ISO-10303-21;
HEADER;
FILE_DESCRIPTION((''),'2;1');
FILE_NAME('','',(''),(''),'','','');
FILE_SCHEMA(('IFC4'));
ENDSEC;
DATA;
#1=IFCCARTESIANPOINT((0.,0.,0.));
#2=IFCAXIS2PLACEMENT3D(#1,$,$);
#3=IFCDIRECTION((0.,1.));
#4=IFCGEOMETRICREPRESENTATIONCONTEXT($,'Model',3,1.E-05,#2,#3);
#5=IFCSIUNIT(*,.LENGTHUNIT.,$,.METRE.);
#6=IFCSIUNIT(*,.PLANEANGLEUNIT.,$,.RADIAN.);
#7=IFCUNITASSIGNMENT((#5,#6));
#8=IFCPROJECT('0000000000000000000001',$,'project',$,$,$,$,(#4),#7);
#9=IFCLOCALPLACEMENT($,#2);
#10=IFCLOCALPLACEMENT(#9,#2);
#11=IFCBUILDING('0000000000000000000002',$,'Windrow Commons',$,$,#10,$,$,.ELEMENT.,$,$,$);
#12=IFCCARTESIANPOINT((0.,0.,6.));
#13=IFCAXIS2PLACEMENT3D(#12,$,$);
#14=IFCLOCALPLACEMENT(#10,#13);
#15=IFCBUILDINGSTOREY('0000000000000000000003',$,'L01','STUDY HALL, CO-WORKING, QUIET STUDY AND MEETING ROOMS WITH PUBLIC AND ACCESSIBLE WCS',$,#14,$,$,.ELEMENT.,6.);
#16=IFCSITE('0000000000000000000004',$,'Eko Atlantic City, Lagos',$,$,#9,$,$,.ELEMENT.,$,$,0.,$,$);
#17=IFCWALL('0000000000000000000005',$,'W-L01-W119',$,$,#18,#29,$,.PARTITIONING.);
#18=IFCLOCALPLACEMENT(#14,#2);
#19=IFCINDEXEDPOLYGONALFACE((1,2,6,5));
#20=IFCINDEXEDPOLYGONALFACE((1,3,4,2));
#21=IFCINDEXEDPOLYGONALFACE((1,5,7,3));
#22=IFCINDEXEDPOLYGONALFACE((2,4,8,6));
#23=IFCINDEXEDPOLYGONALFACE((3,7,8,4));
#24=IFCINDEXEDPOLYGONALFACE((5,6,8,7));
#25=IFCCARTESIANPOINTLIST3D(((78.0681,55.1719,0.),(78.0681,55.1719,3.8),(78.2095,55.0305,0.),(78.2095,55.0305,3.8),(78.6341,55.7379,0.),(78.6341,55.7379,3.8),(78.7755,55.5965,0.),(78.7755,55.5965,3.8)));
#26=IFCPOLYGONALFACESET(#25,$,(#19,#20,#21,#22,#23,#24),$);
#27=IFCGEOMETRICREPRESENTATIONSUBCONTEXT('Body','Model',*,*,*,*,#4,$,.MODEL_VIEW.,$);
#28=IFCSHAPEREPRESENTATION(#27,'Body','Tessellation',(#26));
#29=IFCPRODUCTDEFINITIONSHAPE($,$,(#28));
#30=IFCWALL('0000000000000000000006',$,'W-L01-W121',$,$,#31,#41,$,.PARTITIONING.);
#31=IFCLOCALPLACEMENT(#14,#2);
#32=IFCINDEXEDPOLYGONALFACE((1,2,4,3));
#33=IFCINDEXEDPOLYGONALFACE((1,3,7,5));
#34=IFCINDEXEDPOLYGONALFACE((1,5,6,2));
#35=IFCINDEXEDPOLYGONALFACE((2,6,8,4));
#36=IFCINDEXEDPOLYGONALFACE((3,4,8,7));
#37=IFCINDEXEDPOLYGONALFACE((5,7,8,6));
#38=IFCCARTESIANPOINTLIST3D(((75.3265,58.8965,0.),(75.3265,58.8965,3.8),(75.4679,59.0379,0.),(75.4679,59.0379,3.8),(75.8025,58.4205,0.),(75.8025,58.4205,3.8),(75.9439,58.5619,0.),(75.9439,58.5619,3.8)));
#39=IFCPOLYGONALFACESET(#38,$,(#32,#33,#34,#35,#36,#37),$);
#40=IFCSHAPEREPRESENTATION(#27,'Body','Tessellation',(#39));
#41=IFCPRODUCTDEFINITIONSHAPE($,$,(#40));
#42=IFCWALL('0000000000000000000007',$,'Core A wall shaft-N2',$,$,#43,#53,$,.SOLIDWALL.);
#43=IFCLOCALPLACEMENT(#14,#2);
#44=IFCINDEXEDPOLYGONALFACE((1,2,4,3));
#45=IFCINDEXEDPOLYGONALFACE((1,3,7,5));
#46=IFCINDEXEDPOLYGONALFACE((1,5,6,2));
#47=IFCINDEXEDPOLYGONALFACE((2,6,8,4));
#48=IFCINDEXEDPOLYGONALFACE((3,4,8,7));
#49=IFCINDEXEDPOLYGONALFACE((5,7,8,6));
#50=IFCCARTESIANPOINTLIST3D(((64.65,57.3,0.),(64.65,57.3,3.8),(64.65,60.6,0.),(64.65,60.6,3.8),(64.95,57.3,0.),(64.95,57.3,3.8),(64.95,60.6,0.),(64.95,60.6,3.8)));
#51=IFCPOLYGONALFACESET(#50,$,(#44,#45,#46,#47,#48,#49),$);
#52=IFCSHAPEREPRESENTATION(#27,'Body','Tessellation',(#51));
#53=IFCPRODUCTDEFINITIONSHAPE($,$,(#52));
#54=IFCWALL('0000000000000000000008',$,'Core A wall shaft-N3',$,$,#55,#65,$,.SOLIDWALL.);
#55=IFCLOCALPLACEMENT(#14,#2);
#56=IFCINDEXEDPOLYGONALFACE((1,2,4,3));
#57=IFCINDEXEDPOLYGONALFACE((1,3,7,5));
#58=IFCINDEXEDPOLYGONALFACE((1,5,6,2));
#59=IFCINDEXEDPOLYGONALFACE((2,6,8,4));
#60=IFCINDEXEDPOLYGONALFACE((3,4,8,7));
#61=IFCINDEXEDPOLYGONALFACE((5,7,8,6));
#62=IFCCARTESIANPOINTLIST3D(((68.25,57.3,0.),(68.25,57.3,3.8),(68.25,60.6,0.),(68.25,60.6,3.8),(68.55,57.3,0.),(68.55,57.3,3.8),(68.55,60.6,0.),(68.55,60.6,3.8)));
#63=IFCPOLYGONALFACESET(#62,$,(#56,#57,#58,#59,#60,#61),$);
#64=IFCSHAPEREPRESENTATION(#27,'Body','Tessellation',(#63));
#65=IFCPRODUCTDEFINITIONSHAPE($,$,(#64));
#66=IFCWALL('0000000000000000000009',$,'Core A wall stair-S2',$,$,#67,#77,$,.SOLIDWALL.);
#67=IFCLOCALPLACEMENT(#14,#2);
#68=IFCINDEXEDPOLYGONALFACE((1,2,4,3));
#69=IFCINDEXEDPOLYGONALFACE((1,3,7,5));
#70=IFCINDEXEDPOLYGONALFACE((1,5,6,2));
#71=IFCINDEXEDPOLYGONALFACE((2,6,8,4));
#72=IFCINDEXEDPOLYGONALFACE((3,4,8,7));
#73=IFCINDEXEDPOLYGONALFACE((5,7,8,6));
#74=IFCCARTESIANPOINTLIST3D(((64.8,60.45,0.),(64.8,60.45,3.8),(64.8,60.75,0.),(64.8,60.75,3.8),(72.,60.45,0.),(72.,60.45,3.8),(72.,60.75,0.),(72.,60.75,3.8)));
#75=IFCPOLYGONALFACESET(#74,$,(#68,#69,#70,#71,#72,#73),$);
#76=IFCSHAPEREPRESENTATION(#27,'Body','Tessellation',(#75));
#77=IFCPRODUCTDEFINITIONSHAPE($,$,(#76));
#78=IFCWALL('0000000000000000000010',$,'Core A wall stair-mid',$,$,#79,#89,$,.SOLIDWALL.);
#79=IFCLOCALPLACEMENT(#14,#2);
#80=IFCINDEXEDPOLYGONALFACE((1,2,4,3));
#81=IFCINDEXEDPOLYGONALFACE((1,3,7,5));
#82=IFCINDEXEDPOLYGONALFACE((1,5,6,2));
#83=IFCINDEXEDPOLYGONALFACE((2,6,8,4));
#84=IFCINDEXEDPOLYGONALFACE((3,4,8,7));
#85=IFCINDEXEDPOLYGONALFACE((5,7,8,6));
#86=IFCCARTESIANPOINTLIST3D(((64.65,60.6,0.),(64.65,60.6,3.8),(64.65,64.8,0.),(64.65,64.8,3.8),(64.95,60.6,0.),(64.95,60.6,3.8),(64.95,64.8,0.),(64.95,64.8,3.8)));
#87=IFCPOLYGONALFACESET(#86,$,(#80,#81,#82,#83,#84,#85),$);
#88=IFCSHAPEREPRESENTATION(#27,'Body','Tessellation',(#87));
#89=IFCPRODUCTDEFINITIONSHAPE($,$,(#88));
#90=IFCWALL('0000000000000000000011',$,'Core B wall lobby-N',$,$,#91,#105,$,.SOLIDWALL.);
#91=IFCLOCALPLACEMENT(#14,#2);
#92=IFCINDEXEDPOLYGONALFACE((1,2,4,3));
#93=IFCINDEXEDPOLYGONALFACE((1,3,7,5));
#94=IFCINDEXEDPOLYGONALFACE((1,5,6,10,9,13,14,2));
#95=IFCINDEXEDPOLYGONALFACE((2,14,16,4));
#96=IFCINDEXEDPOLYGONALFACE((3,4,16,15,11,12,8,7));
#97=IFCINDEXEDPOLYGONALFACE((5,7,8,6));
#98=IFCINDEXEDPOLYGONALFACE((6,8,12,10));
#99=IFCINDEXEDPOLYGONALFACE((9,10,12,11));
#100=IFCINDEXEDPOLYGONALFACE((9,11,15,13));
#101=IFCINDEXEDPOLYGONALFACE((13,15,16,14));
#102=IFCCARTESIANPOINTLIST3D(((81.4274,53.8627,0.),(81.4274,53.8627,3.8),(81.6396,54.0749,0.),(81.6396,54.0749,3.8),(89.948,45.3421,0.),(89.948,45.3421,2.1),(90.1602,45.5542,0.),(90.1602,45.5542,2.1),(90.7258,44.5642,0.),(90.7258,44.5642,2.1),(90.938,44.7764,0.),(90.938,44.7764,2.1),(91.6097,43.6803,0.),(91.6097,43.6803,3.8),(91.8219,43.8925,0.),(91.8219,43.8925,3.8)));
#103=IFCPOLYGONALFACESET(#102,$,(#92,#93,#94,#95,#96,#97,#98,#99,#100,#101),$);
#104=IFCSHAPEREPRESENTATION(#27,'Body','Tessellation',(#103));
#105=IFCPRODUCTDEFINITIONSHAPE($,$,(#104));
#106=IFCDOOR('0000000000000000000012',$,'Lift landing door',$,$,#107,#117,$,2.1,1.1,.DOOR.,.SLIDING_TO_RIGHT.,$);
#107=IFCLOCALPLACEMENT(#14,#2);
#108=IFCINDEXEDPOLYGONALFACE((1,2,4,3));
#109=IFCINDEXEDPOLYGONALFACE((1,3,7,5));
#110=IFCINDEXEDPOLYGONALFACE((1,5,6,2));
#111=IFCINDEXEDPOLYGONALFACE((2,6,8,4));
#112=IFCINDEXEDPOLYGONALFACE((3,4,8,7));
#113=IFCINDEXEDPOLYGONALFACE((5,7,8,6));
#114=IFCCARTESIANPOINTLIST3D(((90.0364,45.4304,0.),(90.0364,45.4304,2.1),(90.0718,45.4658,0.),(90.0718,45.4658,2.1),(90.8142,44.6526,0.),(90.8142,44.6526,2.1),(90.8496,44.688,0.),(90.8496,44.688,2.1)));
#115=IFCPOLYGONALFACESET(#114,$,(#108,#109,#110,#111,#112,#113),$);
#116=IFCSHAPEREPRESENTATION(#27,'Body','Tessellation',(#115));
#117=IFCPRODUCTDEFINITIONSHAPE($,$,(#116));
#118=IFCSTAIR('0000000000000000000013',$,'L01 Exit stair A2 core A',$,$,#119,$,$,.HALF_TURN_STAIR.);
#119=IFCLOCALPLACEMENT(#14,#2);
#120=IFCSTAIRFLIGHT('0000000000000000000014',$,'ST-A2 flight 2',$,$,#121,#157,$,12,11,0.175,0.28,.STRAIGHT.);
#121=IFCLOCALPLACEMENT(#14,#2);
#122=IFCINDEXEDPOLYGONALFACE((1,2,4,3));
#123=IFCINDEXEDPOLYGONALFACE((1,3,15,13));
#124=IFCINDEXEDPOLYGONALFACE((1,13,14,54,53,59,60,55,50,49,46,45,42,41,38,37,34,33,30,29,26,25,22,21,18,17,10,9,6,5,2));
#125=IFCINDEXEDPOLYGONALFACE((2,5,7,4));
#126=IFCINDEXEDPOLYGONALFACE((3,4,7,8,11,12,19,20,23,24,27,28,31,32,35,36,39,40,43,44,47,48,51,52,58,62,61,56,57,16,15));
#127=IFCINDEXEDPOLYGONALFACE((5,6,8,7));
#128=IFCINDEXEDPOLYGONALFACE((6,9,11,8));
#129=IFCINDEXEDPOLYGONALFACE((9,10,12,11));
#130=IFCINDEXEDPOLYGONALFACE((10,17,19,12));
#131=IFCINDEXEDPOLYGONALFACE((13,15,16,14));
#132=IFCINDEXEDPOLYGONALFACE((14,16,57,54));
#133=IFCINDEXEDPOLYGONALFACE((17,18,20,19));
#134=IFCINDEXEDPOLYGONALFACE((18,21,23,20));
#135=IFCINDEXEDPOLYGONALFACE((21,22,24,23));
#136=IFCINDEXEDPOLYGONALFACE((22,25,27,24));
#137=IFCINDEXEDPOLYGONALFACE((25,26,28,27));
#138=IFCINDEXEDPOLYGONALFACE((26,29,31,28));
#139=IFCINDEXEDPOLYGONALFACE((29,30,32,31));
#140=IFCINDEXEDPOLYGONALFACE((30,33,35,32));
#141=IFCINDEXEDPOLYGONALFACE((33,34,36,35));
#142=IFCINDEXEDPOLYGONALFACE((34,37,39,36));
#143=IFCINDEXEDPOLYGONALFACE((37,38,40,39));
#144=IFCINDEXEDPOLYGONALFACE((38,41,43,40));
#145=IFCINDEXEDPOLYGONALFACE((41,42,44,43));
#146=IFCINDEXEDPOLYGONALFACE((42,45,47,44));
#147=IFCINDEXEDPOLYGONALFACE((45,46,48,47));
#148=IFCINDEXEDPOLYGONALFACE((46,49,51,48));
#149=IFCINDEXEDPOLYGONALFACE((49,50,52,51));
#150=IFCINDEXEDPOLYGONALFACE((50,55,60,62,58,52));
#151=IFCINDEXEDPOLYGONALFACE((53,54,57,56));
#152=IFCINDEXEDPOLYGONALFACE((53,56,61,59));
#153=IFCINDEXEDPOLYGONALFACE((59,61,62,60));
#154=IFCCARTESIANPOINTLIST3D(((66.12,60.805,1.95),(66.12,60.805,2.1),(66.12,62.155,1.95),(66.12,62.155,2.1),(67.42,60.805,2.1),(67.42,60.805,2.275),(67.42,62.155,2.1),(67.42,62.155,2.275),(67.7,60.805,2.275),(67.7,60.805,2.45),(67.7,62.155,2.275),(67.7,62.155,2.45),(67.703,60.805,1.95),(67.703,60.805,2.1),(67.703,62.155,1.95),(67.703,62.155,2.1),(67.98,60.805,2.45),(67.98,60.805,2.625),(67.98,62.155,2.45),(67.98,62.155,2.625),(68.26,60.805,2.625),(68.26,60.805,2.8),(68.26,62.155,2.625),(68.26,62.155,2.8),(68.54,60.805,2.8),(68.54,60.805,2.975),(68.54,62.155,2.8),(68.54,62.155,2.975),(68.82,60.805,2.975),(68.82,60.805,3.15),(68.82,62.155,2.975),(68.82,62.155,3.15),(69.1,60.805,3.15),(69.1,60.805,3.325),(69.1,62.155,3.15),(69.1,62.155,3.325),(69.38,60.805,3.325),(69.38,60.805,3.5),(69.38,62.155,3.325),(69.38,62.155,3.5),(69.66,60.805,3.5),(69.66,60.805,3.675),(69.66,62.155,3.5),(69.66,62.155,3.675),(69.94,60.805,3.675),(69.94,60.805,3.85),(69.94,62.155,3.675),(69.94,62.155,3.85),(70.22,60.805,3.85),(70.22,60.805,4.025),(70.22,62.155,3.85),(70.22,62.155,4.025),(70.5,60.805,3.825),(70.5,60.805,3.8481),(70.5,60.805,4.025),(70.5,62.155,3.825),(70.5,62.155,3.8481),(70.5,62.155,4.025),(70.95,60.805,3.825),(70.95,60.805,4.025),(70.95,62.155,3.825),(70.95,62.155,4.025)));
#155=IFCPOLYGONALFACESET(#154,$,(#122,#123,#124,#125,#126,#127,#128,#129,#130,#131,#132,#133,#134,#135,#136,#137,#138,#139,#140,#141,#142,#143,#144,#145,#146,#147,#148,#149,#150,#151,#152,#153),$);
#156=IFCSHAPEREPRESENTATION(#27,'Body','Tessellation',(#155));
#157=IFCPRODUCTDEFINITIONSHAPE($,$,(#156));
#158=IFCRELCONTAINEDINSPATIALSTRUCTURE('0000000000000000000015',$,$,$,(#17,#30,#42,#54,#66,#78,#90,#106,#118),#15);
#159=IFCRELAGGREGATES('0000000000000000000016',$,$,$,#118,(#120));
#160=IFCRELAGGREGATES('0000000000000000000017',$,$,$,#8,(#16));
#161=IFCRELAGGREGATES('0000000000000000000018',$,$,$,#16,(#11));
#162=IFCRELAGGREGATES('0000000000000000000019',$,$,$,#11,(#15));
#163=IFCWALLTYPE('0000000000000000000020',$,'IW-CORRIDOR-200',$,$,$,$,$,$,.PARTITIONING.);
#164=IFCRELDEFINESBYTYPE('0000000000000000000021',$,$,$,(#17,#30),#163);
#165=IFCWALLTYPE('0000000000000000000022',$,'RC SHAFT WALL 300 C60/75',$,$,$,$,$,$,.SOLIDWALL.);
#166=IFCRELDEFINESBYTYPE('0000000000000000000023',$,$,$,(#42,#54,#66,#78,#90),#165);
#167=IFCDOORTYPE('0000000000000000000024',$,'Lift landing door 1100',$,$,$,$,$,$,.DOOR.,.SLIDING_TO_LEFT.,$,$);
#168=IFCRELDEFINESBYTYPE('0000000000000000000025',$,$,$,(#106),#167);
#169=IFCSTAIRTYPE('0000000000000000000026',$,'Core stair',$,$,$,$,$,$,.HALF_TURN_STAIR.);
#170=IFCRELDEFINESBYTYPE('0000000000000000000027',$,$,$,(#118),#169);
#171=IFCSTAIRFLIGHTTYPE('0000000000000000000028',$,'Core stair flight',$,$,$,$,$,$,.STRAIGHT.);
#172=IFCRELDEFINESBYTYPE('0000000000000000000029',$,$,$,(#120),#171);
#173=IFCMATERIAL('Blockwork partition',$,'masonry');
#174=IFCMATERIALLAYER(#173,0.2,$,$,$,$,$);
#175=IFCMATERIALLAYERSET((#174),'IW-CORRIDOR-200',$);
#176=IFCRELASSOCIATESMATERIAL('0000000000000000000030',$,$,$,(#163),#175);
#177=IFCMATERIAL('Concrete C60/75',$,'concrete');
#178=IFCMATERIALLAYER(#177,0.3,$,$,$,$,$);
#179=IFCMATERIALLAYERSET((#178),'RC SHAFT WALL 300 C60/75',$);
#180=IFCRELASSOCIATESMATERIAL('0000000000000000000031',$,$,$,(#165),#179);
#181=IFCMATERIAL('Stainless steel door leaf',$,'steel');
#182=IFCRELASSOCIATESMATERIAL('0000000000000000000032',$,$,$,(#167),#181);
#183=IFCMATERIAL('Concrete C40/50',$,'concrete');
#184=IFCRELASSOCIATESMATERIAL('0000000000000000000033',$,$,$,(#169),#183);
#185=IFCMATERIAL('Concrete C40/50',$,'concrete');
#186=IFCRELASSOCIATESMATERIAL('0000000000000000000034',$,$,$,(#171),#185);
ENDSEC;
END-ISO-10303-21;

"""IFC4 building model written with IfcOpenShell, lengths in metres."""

from ifc_helpers import new_model, si_unit, direction, frame, frame_2d, origin, place, context, subcontext, project, spatial, polyline, rectangle, outline, extrude, material, layer, layer_set, type_object, element, fill, aggregate, save


model = new_model("IFC4")

# Units and contexts
model_context = context("Model", 3, precision=1e-05, world=origin(), true_north=direction((0.0, 1.0)))
body_context = subcontext(model_context, "Body", "Model", "MODEL_VIEW")
ifc_project = project(units=[si_unit("LENGTHUNIT", "METRE"), si_unit("PLANEANGLEUNIT", "RADIAN")], contexts=[model_context])

# Site, building, storey
site_placement = place(None, origin())
site = spatial("IfcSite", under=ifc_project, at=site_placement, Name="Eko Atlantic City, Lagos", CompositionType="ELEMENT", RefElevation=0.0)
building_placement = place(site_placement, origin())
building = spatial("IfcBuilding", under=site, at=building_placement, Name="Windrow Commons", CompositionType="ELEMENT")
storey_placement = place(building_placement, frame((0.0, 0.0, 6.0)))
storey = spatial("IfcBuildingStorey", under=building, at=storey_placement, Name="L01", Description="STUDY HALL, CO-WORKING, QUIET STUDY AND MEETING ROOMS WITH PUBLIC AND ACCESSIBLE WCS", CompositionType="ELEMENT", Elevation=6.0)

# Shared definitions
ifc_material_1 = material(Name="Blockwork partition", Category="masonry")
ifc_layer_1 = layer(ifc_material_1, 0.2)
ifc_layer_set_1 = layer_set([ifc_layer_1], Name="IW-CORRIDOR-200")
wall_type_1 = type_object("IfcWallType", Name="IW-CORRIDOR-200", PredefinedType="PARTITIONING", material=ifc_layer_set_1)

# Walls
wall_1_placement = place(storey_placement, frame((78.1388, 55.1012, 0.0), z_axis=(0.0, 0.0, 1.0), x_axis=(0.707107, 0.707107, 0.0)))
element("IfcWall", 1, at=wall_1_placement, inside=storey, type_object=wall_type_1, Name="W-L01-W119", PredefinedType="PARTITIONING", context=body_context, shape_type="SweptSolid", body=[
    extrude(rectangle(XDim=0.8004, YDim=0.2, at=frame_2d((0.4002, 0.0))), origin(), (0.0, 0.0, 1.0), 3.8),
])
wall_2_placement = place(storey_placement, frame((75.3972, 58.9672, 0.0), z_axis=(0.0, 0.0, 1.0), x_axis=(0.707107, -0.707107, 0.0)))
element("IfcWall", 2, at=wall_2_placement, inside=storey, type_object=wall_type_1, Name="W-L01-W121", PredefinedType="PARTITIONING", context=body_context, shape_type="SweptSolid", body=[
    extrude(rectangle(XDim=0.6732, YDim=0.2, at=frame_2d((0.3366, 0.0))), origin(), (0.0, 0.0, 1.0), 3.8),
])
ifc_material_2 = material(Name="Concrete C60/75", Category="concrete")
ifc_layer_2 = layer(ifc_material_2, 0.3)
ifc_layer_set_2 = layer_set([ifc_layer_2], Name="RC SHAFT WALL 300 C60/75")
wall_type_2 = type_object("IfcWallType", Name="RC SHAFT WALL 300 C60/75", PredefinedType="SOLIDWALL", material=ifc_layer_set_2)
for number, where, z_axis, x_axis, name in (
    (3, (64.8, 57.3, 0.0), (0.0, 0.0, 1.0), (0.0, 1.0, 0.0), "Core A wall shaft-N2"),
    (4, (68.4, 57.3, 0.0), (0.0, 0.0, 1.0), (0.0, 1.0, 0.0), "Core A wall shaft-N3"),
):
    element("IfcWall", number, at=place(storey_placement, frame(where, z_axis=z_axis, x_axis=x_axis)), inside=storey, type_object=wall_type_2, Name=name, PredefinedType="SOLIDWALL", context=body_context, shape_type="SweptSolid", body=[
        extrude(rectangle(XDim=3.3, YDim=0.3, at=frame_2d((1.65, 0.0))), origin(), (0.0, 0.0, 1.0), 3.8),
    ])
wall_3_placement = place(storey_placement, frame((64.8, 60.6, 0.0), z_axis=(0.0, 0.0, 1.0), x_axis=(1.0, 0.0, 0.0)))
element("IfcWall", 5, at=wall_3_placement, inside=storey, type_object=wall_type_2, Name="Core A wall stair-S2", PredefinedType="SOLIDWALL", context=body_context, shape_type="SweptSolid", body=[
    extrude(rectangle(XDim=7.2, YDim=0.3, at=frame_2d((3.6, 0.0))), origin(), (0.0, 0.0, 1.0), 3.8),
])
wall_4_placement = place(storey_placement, frame((64.8, 60.6, 0.0), z_axis=(0.0, 0.0, 1.0), x_axis=(0.0, 1.0, 0.0)))
element("IfcWall", 6, at=wall_4_placement, inside=storey, type_object=wall_type_2, Name="Core A wall stair-mid", PredefinedType="SOLIDWALL", context=body_context, shape_type="SweptSolid", body=[
    extrude(rectangle(XDim=4.2, YDim=0.3, at=frame_2d((2.1, 0.0))), origin(), (0.0, 0.0, 1.0), 3.8),
])

# Wall, opening, door
wall_5_placement = place(storey_placement, frame((81.5335, 53.9688, 0.0), z_axis=(0.0, 0.0, 1.0), x_axis=(0.707103, -0.70711, 0.0)))
wall_5 = element("IfcWall", 7, at=wall_5_placement, inside=storey, type_object=wall_type_2, Name="Core B wall lobby-N", PredefinedType="SOLIDWALL", context=body_context, shape_type="SweptSolid", body=[
    extrude(rectangle(XDim=14.4, YDim=0.3, at=frame_2d((7.2, 0.0))), origin(), (0.0, 0.0, 1.0), 3.8),
])
opening_1_placement = place(wall_5_placement, frame((12.05, 0.0, 0.0)))
opening_1 = element("IfcOpeningElement", 8, at=opening_1_placement, cuts=wall_5, PredefinedType="OPENING", context=body_context, shape_type="SweptSolid", body=[
    extrude(rectangle(XDim=1.1, YDim=2.1, at=frame_2d((0.55, 1.05))), frame((0.0, 0.16, 0.0), z_axis=(0.0, -1.0, 0.0), x_axis=(1.0, 0.0, 0.0)), (0.0, 0.0, 1.0), 0.32),
])
ifc_material_3 = material(Name="Stainless steel door leaf", Category="steel")
door_type_1 = type_object("IfcDoorType", Name="Lift landing door 1100", OperationType="SLIDING_TO_LEFT", PredefinedType="DOOR", material=ifc_material_3)
door_1_placement = place(opening_1_placement, origin())
door_1 = element("IfcDoor", 9, at=door_1_placement, inside=storey, type_object=door_type_1, Name="Lift landing door", OperationType="SLIDING_TO_RIGHT", OverallHeight=2.1, OverallWidth=1.1, PredefinedType="DOOR", context=body_context, shape_type="SweptSolid", body=[
    extrude(rectangle(XDim=1.1, YDim=2.1, at=frame_2d((0.55, 1.05))), frame((0.0, 0.025, 0.0), z_axis=(0.0, -1.0, 0.0), x_axis=(1.0, 0.0, 0.0)), (0.0, 0.0, 1.0), 0.05),
])
fill(opening_1, door_1)

# Stair, stair flight
ifc_material_4 = material(Name="Concrete C40/50", Category="concrete")
stair_type = type_object("IfcStairType", Name="Core stair", PredefinedType="HALF_TURN_STAIR", material=ifc_material_4)
stair_placement = place(storey_placement, origin())
stair = element("IfcStair", 10, at=stair_placement, inside=storey, type_object=stair_type, Name="L01 Exit stair A2 core A", PredefinedType="HALF_TURN_STAIR")
ifc_material_5 = material(Name="Concrete C40/50", Category="concrete")
stair_flight_type = type_object("IfcStairFlightType", Name="Core stair flight", PredefinedType="STRAIGHT", material=ifc_material_5)
stair_flight_placement = place(storey_placement, frame((67.42, 61.48, 2.1), z_axis=(0.0, 0.0, 1.0), x_axis=(1.0, 0.0, 0.0)))
stair_flight = element("IfcStairFlight", 11, at=stair_flight_placement, type_object=stair_flight_type, Name="ST-A2 flight 2", NumberOfRisers=12, NumberOfTreads=11, PredefinedType="STRAIGHT", RiserHeight=0.175, TreadLength=0.28, context=body_context, shape_type="SweptSolid", body=[
    extrude(outline(polyline([(-1.3, -0.15), (-1.3, 0.0), (0.0, 0.0), (0.0, 0.175), (0.28, 0.175), (0.28, 0.35), (0.56, 0.35), (0.56, 0.525), (0.84, 0.525), (0.84, 0.7), (1.12, 0.7), (1.12, 0.875), (1.4, 0.875), (1.4, 1.05), (1.68, 1.05), (1.68, 1.225), (1.96, 1.225), (1.96, 1.4), (2.24, 1.4), (2.24, 1.575), (2.52, 1.575), (2.52, 1.75), (2.8, 1.75), (2.8, 1.925), (3.08, 1.925), (3.53, 1.925), (3.53, 1.725), (3.08, 1.725), (3.08, 1.7481), (0.283, 0.0), (0.283, -0.15), (-1.3, -0.15)])), frame((0.0, 0.675, 0.0), z_axis=(0.0, -1.0, 0.0), x_axis=(1.0, 0.0, 0.0)), (0.0, 0.0, 1.0), 1.35),
])
aggregate(stair, [stair_flight])

save(model, "model.ifc")
